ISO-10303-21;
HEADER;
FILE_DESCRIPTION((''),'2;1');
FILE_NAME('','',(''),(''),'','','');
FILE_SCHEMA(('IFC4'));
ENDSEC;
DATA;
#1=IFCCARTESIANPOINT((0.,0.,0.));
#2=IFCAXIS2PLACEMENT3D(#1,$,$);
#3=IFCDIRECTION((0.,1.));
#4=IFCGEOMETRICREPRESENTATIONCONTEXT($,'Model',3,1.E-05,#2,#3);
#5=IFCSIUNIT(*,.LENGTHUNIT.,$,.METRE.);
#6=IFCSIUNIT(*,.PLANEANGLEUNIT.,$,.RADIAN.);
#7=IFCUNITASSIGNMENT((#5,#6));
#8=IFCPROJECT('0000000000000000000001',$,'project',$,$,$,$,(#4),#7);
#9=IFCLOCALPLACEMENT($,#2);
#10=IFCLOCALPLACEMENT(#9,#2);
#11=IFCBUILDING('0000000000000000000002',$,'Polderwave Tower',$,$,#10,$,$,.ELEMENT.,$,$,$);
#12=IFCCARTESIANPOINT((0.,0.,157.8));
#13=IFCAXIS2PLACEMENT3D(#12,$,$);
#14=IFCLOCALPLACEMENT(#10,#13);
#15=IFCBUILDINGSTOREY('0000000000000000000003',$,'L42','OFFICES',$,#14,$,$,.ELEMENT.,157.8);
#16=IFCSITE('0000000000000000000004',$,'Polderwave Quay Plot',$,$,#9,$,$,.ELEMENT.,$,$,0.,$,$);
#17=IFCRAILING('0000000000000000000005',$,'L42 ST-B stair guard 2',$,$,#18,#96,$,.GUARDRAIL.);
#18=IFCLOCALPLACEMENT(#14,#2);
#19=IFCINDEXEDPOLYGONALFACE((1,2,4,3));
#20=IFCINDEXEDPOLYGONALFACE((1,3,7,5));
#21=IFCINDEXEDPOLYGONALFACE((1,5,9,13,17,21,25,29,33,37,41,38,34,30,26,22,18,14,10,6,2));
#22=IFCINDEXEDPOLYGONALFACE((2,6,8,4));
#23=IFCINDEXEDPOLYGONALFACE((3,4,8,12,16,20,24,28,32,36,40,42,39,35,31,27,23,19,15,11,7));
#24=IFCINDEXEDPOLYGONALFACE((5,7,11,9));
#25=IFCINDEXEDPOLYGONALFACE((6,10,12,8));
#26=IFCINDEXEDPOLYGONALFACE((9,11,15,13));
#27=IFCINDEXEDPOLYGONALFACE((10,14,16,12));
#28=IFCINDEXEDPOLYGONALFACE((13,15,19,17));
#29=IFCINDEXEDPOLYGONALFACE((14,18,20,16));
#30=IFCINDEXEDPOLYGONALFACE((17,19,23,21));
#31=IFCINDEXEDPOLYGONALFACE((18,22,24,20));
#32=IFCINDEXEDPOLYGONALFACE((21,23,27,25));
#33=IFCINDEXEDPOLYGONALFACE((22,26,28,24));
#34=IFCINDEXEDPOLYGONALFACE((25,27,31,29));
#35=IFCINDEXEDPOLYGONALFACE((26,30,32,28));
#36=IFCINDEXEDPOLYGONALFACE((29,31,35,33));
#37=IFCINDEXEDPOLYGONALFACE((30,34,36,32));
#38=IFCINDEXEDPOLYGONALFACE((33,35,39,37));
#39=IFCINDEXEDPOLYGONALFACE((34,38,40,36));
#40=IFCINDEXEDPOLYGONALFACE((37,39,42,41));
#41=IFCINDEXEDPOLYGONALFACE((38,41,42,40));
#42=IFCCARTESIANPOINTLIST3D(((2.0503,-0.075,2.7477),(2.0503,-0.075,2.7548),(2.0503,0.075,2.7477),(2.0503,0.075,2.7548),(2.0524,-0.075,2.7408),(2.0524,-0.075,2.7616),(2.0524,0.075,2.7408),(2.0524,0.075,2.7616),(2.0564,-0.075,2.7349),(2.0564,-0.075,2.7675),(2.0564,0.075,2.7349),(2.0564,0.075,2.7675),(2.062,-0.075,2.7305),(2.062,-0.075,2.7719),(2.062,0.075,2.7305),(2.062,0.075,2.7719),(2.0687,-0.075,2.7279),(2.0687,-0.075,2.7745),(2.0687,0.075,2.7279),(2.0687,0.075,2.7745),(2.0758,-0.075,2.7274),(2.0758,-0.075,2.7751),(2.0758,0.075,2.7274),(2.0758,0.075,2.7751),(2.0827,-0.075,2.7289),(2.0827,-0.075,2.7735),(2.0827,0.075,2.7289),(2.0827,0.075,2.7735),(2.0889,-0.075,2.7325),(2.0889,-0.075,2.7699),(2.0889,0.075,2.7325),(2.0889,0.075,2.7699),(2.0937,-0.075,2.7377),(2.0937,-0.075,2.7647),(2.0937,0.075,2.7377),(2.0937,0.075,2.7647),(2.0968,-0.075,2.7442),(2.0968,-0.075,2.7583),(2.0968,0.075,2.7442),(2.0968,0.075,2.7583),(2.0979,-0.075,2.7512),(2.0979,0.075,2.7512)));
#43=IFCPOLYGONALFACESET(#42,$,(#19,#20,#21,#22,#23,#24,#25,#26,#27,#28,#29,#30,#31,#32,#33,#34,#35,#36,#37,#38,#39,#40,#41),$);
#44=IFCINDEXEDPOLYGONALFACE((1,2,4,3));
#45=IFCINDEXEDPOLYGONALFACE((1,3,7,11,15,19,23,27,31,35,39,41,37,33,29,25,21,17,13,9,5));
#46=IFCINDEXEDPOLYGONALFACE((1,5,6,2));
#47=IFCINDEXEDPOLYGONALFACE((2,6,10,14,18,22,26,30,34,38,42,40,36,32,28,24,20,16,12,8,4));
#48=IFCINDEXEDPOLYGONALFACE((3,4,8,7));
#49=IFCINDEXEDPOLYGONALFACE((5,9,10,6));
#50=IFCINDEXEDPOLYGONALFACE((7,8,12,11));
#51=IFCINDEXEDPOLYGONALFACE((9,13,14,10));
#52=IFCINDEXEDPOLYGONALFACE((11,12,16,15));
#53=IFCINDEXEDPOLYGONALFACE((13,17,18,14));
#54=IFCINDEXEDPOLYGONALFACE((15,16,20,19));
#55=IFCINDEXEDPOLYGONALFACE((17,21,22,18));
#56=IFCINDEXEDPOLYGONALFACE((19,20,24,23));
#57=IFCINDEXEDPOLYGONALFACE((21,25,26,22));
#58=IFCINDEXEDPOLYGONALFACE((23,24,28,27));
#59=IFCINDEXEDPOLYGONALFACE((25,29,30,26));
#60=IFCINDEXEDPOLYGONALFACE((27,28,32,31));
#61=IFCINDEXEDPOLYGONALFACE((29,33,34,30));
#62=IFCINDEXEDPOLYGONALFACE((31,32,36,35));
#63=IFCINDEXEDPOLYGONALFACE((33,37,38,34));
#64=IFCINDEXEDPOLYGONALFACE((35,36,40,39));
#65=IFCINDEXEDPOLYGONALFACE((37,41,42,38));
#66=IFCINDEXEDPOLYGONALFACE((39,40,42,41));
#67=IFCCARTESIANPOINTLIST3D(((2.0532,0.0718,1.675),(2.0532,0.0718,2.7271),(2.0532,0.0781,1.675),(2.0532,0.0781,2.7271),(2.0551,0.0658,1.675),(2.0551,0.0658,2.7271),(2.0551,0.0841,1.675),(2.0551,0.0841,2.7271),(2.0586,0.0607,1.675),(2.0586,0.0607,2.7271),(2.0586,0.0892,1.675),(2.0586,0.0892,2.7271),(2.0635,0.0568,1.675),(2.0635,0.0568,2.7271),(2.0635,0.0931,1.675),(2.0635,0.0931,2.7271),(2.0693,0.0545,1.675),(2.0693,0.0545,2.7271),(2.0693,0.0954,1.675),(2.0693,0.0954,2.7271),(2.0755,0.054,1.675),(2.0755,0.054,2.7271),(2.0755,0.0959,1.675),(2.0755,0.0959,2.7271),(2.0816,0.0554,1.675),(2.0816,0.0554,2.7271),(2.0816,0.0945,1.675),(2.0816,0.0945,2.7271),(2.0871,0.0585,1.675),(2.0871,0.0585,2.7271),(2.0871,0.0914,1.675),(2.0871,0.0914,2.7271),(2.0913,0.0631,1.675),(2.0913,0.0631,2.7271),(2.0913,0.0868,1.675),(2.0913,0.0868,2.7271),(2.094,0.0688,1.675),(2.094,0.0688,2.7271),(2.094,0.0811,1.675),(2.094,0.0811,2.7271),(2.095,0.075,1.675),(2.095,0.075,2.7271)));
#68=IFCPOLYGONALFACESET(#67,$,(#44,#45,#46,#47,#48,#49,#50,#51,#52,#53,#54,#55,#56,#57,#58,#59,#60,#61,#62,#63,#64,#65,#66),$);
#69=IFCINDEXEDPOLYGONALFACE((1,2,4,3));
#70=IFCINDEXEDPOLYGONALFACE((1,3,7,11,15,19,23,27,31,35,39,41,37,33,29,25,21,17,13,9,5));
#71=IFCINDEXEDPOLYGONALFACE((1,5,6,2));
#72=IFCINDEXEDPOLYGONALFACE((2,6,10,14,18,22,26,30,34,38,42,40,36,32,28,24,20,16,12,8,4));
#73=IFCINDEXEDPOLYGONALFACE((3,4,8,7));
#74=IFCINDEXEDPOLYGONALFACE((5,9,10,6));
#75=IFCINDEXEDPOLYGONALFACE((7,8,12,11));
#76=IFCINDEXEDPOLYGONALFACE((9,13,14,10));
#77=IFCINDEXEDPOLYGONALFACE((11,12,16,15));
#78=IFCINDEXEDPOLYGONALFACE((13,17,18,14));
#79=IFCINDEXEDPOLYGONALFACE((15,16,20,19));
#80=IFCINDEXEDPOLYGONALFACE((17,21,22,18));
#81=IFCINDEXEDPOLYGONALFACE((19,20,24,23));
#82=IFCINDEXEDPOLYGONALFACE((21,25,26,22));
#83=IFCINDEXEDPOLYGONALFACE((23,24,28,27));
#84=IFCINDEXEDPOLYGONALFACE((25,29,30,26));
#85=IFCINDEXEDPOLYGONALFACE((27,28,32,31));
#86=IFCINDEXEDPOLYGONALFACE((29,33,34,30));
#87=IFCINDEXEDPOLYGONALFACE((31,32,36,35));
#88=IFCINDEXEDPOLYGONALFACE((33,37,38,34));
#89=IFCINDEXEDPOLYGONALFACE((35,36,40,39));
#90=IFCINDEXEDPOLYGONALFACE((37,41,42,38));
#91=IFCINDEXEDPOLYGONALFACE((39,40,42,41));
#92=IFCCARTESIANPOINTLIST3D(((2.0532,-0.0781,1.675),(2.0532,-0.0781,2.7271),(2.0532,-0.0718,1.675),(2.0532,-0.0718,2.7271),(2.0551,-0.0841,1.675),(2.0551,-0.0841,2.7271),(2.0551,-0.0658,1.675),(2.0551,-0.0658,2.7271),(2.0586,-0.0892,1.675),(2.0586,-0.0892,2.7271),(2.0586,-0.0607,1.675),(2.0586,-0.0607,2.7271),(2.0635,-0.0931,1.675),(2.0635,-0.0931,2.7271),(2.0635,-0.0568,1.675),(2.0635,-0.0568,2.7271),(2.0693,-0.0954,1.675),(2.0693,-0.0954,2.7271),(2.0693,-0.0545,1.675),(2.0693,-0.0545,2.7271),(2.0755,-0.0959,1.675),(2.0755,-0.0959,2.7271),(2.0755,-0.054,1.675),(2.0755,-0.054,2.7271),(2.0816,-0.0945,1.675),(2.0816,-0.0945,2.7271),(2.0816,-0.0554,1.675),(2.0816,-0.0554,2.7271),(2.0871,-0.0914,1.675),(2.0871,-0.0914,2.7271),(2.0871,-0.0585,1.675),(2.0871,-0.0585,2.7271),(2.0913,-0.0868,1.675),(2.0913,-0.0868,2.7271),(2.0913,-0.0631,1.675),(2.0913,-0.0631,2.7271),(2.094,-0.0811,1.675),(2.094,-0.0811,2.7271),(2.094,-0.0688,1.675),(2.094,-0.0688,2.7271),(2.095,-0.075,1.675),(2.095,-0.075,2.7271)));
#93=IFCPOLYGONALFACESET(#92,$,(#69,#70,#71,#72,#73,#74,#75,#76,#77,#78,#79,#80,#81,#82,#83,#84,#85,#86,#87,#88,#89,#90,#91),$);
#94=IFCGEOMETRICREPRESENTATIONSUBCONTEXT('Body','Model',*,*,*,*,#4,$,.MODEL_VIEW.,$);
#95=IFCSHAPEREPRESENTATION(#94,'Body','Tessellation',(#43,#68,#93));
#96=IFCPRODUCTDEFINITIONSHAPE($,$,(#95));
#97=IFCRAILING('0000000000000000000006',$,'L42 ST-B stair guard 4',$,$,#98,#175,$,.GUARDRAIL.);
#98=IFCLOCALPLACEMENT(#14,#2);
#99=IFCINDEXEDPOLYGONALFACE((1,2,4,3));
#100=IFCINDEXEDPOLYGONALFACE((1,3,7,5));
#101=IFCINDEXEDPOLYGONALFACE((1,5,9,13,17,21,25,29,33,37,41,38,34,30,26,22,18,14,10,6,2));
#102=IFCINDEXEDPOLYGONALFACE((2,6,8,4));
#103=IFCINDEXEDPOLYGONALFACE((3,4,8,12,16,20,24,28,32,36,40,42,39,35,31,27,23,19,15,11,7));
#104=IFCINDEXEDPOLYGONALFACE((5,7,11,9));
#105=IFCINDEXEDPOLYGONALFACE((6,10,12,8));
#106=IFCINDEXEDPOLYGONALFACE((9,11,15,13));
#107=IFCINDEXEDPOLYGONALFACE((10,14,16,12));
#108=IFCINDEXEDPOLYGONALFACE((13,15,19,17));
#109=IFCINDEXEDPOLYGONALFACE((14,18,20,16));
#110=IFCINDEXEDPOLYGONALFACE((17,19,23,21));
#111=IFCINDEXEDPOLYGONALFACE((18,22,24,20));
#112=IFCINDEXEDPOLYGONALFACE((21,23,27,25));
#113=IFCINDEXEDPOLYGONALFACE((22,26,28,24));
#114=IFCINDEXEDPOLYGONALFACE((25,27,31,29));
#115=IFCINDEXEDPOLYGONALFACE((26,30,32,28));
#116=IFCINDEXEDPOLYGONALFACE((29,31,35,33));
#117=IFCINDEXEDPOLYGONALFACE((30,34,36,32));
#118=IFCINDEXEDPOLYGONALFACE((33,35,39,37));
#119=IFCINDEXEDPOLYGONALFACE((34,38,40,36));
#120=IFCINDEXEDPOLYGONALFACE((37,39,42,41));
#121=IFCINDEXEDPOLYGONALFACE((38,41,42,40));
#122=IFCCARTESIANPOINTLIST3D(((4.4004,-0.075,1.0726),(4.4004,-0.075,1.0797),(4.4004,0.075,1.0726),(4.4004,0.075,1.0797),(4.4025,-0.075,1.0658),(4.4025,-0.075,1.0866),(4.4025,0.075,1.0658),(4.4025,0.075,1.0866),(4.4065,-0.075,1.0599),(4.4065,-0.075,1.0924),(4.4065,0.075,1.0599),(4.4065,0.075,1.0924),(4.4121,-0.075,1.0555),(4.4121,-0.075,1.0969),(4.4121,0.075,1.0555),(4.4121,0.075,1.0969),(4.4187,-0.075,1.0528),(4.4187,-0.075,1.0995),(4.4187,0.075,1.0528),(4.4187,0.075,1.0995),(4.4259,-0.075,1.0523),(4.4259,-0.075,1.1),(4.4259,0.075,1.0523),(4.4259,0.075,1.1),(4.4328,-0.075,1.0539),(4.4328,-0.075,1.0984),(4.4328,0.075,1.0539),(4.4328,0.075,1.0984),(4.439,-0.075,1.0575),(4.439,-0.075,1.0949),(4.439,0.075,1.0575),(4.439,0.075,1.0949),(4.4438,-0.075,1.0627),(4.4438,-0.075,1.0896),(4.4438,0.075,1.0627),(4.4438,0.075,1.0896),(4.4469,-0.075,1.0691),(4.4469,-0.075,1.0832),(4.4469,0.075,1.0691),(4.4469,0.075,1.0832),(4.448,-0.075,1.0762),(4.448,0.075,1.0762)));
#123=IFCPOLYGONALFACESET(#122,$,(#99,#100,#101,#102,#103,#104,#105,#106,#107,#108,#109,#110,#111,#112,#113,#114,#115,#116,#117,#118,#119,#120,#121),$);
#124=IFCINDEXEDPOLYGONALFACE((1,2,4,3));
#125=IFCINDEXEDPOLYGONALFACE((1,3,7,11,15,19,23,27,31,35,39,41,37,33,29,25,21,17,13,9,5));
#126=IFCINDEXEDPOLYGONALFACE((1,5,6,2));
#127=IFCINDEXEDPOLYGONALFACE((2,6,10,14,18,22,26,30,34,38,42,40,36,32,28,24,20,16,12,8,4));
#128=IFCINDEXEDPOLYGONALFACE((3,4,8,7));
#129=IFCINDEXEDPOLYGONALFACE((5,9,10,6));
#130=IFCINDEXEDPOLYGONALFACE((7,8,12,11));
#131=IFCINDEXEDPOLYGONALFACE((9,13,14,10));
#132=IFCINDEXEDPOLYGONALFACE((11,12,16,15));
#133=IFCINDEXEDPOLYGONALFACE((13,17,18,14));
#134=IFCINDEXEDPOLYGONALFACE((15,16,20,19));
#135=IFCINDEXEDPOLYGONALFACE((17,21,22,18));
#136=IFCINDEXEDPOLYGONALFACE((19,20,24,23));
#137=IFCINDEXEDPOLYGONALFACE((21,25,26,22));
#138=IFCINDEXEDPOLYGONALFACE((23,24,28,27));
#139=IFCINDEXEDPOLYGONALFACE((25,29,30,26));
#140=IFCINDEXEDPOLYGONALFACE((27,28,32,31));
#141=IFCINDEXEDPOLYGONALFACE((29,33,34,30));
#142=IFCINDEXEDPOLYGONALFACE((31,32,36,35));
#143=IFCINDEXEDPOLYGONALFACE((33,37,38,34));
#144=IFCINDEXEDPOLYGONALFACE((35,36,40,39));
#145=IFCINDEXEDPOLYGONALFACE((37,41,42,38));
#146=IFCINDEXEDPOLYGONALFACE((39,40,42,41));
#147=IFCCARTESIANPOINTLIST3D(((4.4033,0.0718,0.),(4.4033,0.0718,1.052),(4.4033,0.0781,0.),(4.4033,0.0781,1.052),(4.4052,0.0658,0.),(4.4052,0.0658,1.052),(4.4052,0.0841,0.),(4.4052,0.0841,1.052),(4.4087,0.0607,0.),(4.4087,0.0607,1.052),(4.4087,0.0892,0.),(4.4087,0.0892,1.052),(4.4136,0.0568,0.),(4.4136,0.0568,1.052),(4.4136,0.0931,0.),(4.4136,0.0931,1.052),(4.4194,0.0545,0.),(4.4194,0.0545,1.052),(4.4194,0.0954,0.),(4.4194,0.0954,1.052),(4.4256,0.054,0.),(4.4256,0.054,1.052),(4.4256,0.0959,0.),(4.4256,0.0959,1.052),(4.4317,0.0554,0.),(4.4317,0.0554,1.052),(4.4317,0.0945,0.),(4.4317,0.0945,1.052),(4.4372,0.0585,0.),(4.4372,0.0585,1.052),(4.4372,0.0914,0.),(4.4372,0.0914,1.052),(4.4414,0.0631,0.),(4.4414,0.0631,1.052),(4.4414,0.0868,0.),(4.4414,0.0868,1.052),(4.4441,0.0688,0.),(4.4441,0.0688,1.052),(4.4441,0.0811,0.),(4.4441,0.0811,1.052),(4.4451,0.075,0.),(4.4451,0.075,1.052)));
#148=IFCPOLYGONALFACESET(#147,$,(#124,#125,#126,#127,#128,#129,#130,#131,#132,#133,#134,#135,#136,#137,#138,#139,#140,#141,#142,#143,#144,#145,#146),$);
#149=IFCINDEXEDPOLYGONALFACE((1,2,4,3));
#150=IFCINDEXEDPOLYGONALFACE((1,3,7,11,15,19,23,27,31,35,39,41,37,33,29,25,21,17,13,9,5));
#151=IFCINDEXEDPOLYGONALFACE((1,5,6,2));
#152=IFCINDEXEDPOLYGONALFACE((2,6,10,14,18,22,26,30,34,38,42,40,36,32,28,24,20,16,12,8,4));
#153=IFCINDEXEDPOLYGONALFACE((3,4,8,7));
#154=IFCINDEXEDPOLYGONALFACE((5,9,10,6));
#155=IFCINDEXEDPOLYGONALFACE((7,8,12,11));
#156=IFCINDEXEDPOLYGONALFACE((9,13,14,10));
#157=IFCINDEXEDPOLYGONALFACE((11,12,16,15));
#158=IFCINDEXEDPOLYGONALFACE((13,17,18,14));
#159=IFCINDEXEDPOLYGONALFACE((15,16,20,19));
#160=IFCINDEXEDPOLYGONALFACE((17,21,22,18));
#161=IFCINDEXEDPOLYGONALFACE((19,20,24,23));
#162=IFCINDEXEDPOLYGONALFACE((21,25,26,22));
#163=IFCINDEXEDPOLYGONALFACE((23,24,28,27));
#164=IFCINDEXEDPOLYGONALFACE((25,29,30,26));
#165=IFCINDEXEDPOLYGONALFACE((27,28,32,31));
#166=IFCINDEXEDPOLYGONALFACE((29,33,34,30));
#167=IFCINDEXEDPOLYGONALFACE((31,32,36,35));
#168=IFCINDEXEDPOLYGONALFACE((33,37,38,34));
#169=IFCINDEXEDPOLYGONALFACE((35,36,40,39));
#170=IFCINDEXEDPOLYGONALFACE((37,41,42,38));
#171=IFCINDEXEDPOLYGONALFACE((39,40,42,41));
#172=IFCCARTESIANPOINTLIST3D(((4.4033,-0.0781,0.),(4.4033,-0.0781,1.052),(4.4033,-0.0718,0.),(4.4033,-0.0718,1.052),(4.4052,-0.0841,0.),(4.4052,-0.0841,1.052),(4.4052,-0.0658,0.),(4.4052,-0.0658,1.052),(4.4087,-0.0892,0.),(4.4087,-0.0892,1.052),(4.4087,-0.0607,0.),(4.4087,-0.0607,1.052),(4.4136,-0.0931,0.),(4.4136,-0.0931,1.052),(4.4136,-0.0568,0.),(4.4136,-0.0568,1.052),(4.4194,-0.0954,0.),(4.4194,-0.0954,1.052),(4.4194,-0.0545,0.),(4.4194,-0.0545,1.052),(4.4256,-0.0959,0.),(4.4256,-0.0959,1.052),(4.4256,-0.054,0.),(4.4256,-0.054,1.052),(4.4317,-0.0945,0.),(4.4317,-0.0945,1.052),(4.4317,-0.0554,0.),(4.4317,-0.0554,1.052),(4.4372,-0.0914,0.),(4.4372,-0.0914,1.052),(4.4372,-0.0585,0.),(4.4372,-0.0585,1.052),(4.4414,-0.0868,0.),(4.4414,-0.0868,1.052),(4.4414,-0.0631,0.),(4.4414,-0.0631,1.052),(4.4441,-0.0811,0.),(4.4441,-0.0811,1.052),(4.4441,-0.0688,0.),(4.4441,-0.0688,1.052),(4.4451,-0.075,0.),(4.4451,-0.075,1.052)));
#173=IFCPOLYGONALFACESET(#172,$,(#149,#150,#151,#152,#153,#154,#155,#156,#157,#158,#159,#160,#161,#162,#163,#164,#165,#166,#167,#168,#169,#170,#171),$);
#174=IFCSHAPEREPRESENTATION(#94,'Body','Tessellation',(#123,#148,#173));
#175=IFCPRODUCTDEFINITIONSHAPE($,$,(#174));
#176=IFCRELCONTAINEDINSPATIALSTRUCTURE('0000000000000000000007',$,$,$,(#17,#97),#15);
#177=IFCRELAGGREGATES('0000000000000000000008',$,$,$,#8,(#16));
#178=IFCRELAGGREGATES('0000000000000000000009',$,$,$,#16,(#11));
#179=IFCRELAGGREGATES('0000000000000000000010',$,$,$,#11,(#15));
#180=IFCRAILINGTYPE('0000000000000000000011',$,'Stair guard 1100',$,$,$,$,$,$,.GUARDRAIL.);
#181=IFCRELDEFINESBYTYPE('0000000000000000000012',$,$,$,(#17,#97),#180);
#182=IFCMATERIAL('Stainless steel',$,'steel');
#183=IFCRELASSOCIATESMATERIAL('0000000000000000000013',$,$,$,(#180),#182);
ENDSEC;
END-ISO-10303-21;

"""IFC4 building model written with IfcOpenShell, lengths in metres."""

from ifc_helpers import new_model, si_unit, direction, frame, origin, origin_2d, place, context, subcontext, project, spatial, circle, extrude, material, type_object, element, save


model = new_model("IFC4")

# Units and contexts
model_context = context("Model", 3, precision=1e-05, world=origin(), true_north=direction((0.0, 1.0)))
body_context = subcontext(model_context, "Body", "Model", "MODEL_VIEW")
ifc_project = project(units=[si_unit("LENGTHUNIT", "METRE"), si_unit("PLANEANGLEUNIT", "RADIAN")], contexts=[model_context])

# Site, building, storey
site_placement = place(None, origin())
site = spatial("IfcSite", under=ifc_project, at=site_placement, Name="Polderwave Quay Plot", CompositionType="ELEMENT", RefElevation=0.0)
building_placement = place(site_placement, origin())
building = spatial("IfcBuilding", under=site, at=building_placement, Name="Polderwave Tower", CompositionType="ELEMENT")
storey_placement = place(building_placement, frame((0.0, 0.0, 157.8)))
storey = spatial("IfcBuildingStorey", under=building, at=storey_placement, Name="L42", Description="OFFICES", CompositionType="ELEMENT", Elevation=157.8)

# Railings
ifc_material_1 = material(Name="Stainless steel", Category="steel")
railing_type_1 = type_object("IfcRailingType", Name="Stair guard 1100", PredefinedType="GUARDRAIL", material=ifc_material_1)
for number, where, name in (
    (1, (2.074, 0.075, 1.675), "L42 ST-B stair guard 2"),
    (2, (4.4241, 0.075, 0.0), "L42 ST-B stair guard 4"),
):
    element("IfcRailing", number, at=place(storey_placement, frame(where)), inside=storey, type_object=railing_type_1, Name=name, PredefinedType="GUARDRAIL", context=body_context, shape_type="SweptSolid", body=[
        extrude(circle(Radius=0.0239, at=origin_2d()), frame((0.0, 0.0, 1.0762), z_axis=(0.0, -1.0, 0.0), x_axis=(1.0, 0.0, 0.0)), (0.0, 0.0, 1.0), 0.1499),
        extrude(circle(Radius=0.021, at=origin_2d()), origin(), (0.0, 0.0, 1.0), 1.052),
        extrude(circle(Radius=0.021, at=origin_2d()), frame((0.0, -0.1499, 0.0)), (0.0, 0.0, 1.0), 1.052),
    ])

save(model, "model.ifc")
